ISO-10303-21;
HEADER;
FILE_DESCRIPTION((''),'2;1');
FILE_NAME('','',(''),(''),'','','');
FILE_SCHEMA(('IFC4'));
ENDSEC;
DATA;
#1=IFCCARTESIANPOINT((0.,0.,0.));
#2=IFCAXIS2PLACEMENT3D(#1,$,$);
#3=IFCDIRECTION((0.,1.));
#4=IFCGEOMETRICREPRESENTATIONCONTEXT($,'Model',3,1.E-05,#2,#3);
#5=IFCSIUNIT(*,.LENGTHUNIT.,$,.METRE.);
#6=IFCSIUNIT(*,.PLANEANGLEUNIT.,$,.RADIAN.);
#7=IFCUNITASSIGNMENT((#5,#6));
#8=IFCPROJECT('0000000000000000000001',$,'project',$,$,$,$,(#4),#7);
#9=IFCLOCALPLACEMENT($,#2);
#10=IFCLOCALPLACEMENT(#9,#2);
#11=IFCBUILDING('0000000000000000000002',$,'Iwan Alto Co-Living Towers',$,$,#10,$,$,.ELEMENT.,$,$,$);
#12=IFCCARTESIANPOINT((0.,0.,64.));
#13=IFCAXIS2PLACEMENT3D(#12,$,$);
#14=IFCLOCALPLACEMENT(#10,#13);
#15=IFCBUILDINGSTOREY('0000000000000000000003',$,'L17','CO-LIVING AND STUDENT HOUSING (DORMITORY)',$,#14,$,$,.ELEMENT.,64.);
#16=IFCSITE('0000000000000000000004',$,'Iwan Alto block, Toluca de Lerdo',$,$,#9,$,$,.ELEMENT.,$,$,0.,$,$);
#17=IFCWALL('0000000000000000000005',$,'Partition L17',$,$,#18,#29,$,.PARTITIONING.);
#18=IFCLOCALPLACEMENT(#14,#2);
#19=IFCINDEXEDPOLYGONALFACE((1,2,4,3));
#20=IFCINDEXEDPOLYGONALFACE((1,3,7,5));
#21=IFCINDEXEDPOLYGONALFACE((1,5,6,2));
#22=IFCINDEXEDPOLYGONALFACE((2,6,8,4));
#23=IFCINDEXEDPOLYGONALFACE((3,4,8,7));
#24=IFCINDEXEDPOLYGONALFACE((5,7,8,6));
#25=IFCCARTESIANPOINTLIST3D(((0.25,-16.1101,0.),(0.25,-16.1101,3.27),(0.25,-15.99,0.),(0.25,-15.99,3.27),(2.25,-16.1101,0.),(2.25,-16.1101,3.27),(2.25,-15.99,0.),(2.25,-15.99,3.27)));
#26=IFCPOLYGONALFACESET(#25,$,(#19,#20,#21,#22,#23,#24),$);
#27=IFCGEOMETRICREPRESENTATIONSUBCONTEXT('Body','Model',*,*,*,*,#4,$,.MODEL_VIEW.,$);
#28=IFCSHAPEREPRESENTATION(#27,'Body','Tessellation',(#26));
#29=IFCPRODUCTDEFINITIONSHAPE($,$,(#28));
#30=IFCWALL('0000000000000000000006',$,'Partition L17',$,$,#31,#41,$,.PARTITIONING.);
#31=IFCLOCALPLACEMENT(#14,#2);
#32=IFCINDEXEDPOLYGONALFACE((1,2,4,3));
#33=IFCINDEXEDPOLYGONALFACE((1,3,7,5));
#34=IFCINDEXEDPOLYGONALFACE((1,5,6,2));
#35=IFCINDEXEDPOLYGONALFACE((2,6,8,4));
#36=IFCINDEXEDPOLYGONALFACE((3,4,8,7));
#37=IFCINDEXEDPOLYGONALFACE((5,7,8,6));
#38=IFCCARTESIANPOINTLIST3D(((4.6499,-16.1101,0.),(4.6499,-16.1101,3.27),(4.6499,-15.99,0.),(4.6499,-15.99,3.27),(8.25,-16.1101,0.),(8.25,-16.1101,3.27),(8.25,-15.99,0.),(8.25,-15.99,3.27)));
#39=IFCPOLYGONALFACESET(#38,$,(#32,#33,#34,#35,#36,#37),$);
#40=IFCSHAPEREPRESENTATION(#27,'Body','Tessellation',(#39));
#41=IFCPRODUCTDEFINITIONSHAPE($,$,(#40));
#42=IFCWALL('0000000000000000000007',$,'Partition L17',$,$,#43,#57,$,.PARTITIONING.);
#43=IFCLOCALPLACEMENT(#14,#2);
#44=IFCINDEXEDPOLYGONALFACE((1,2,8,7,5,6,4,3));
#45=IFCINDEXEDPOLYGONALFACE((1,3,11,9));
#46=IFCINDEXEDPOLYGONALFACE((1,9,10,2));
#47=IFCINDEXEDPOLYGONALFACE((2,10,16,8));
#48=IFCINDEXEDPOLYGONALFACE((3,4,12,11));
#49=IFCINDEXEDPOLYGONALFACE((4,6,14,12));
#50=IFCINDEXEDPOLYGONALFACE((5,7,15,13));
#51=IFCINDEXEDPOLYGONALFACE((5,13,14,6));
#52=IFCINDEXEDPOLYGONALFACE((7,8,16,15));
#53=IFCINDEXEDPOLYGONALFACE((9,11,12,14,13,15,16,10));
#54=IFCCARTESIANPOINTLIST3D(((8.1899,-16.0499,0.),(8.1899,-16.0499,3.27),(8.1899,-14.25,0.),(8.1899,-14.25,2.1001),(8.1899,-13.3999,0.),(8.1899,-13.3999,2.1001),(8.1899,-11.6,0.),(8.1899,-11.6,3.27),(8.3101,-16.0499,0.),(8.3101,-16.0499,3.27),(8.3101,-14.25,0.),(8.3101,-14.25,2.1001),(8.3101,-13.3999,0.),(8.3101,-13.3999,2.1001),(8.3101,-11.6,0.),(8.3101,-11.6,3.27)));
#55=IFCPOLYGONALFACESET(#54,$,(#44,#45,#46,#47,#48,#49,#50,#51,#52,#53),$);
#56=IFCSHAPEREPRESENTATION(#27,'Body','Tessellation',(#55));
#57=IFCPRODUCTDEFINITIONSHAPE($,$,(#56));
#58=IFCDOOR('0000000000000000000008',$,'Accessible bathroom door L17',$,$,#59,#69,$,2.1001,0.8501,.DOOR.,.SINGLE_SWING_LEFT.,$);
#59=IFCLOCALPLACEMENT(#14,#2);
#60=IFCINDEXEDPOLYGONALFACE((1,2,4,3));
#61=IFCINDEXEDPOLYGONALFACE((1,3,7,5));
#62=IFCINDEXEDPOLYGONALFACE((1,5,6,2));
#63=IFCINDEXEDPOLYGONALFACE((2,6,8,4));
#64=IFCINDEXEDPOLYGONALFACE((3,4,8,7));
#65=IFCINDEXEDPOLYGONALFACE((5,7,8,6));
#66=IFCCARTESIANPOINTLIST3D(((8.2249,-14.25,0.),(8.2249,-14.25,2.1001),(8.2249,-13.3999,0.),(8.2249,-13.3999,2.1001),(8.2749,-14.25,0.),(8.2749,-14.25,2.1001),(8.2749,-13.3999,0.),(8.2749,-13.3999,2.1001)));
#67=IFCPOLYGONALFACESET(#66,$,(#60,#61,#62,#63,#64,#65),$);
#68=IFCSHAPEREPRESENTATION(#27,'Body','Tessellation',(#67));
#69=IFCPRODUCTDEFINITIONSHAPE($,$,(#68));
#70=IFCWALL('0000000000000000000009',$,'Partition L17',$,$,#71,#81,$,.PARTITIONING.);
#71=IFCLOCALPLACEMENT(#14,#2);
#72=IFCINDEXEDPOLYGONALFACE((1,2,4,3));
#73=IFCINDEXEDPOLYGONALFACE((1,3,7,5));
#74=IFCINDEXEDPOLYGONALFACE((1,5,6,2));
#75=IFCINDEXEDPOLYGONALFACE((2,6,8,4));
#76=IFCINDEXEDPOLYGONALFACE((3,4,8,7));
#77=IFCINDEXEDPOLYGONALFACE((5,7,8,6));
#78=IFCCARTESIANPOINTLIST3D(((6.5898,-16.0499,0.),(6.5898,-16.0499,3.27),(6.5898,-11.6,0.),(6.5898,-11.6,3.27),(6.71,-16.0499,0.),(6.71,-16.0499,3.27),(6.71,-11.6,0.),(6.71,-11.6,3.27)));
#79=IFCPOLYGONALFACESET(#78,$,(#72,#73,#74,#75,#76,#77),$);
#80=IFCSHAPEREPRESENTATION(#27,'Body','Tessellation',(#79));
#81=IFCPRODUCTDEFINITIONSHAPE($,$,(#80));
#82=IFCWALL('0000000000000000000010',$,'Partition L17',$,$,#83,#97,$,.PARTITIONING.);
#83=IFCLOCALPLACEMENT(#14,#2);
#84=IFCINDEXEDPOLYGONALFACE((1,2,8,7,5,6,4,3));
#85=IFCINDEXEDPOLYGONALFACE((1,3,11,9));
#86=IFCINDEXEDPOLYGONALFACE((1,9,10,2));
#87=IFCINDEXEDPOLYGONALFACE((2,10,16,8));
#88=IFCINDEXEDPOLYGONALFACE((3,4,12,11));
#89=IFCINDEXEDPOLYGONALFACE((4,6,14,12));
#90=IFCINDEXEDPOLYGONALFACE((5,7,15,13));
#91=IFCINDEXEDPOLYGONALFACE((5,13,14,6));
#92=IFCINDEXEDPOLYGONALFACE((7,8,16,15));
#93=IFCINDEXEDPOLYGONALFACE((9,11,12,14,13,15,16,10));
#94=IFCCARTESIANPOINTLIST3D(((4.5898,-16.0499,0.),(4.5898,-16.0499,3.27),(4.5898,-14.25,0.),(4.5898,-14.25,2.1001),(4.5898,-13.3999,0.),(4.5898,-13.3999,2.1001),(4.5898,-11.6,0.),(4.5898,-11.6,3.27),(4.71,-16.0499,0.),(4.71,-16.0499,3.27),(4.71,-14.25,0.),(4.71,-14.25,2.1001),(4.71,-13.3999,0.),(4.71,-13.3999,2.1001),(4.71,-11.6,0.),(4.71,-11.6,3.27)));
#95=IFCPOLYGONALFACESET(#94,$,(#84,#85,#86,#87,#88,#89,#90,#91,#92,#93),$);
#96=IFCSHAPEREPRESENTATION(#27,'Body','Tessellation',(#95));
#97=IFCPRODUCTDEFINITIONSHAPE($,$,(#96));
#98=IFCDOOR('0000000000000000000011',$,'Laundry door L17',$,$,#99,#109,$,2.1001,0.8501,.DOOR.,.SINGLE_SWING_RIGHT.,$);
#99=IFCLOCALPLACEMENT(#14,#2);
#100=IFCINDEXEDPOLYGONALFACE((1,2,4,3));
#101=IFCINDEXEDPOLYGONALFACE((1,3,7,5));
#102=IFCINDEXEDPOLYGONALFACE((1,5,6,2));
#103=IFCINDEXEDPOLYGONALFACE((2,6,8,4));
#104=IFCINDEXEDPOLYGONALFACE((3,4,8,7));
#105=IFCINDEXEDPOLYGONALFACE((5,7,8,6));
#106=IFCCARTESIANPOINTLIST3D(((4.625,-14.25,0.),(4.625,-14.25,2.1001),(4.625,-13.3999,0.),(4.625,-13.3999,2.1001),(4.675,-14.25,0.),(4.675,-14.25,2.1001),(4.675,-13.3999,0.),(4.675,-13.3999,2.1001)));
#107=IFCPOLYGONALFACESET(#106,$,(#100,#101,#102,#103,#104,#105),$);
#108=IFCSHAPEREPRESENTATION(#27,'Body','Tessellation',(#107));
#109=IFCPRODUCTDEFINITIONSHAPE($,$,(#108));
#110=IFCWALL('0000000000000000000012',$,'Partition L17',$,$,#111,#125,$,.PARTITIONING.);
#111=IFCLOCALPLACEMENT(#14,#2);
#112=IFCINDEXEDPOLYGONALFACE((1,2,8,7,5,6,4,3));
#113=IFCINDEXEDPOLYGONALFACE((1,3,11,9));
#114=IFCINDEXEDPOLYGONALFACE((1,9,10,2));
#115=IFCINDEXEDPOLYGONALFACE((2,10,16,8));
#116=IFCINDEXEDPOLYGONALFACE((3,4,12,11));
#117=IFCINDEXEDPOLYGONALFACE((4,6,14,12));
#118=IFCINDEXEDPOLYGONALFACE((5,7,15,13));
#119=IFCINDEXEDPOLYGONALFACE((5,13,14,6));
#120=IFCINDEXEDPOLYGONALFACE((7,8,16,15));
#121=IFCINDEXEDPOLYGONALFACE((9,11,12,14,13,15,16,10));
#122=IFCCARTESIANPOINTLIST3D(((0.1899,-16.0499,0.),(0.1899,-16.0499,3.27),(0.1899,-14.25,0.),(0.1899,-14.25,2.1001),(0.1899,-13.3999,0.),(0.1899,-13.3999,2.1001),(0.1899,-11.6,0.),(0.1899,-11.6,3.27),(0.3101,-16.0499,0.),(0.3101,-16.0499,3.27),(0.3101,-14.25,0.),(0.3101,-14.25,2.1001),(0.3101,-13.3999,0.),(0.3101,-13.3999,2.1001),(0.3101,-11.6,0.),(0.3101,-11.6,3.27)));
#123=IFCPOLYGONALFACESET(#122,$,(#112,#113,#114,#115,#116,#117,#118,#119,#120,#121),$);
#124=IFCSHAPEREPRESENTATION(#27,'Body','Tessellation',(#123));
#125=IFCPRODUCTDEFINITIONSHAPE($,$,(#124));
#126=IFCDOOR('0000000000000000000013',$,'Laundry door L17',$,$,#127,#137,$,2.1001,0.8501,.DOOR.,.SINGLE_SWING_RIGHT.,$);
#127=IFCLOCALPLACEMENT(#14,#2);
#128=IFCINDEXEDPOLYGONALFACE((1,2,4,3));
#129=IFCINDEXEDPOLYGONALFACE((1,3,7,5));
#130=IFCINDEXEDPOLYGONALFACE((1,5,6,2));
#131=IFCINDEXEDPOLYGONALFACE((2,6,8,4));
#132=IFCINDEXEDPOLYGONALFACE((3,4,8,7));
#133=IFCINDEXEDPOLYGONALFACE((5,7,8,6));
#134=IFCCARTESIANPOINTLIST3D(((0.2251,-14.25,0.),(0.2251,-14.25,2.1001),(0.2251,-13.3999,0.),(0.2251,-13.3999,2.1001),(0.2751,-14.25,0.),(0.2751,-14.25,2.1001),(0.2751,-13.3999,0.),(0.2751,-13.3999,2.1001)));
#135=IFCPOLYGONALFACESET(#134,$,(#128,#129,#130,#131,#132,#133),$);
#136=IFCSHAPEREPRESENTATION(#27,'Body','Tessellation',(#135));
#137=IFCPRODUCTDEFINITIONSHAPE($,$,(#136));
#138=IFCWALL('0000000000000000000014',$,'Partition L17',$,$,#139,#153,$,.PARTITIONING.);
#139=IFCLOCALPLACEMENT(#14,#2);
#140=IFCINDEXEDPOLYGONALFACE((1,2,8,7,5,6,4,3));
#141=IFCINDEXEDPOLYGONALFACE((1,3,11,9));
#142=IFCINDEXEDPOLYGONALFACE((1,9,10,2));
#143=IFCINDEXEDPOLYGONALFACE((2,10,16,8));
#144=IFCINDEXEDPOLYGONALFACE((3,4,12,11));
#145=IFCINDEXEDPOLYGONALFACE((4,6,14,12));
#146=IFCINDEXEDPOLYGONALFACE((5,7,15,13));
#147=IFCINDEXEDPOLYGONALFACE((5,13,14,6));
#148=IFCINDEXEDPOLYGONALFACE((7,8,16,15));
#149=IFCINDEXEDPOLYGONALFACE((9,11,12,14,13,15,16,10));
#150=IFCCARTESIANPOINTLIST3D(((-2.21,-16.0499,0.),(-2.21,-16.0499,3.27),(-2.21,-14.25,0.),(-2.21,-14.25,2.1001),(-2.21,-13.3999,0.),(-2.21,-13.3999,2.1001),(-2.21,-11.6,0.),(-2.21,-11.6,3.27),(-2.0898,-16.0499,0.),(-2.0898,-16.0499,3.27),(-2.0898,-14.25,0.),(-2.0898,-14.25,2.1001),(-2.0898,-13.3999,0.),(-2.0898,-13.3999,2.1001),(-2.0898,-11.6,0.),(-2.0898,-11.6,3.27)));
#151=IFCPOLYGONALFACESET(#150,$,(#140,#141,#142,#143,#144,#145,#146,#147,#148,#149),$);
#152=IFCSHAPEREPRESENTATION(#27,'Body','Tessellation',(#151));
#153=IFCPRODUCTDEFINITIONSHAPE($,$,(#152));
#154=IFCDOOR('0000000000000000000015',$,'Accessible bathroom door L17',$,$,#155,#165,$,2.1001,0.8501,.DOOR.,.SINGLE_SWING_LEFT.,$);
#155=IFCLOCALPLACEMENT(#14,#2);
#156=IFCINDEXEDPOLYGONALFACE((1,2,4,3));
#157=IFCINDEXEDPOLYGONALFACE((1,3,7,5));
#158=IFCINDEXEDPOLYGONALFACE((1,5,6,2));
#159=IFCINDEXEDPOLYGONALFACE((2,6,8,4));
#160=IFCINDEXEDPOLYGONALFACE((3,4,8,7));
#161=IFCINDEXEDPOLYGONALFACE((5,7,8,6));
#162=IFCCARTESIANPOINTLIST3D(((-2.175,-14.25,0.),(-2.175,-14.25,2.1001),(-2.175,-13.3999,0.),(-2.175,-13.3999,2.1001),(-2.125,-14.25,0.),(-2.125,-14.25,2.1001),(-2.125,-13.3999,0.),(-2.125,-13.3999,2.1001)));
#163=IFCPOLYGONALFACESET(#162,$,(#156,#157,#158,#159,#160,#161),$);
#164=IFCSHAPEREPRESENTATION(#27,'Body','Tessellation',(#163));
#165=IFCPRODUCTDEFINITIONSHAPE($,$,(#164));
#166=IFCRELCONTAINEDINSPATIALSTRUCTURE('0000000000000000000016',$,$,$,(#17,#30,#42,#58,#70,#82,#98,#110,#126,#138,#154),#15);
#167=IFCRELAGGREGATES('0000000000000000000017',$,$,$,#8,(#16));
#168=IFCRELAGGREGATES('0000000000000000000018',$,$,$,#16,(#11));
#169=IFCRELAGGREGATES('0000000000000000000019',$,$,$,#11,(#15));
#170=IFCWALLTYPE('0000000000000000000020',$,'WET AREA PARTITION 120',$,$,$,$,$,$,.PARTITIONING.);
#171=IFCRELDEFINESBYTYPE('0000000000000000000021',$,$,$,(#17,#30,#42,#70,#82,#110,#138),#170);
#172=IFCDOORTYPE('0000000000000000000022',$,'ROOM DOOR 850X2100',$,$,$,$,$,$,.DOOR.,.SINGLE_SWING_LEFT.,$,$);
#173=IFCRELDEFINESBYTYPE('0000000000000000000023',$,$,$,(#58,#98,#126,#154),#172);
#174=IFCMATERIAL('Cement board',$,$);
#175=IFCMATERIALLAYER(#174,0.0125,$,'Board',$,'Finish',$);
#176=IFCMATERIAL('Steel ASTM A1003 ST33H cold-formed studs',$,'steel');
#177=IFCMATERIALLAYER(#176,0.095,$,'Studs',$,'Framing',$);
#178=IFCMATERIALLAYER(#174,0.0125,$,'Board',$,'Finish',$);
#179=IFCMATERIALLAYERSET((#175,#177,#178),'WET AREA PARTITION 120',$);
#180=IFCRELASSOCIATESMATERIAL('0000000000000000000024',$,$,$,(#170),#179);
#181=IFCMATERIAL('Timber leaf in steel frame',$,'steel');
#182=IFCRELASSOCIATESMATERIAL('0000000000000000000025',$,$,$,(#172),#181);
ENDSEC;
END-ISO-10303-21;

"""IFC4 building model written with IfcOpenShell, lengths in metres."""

from ifc_helpers import new_model, si_unit, direction, frame, frame_2d, origin, place, context, subcontext, project, spatial, rectangle, extrude, material, layer, layer_set, type_object, element, fill, save


model = new_model("IFC4")

# Units and contexts
model_context = context("Model", 3, precision=1e-05, world=origin(), true_north=direction((0.0, 1.0)))
body_context = subcontext(model_context, "Body", "Model", "MODEL_VIEW")
ifc_project = project(units=[si_unit("LENGTHUNIT", "METRE"), si_unit("PLANEANGLEUNIT", "RADIAN")], contexts=[model_context])

# Site, building, storey
site_placement = place(None, origin())
site = spatial("IfcSite", under=ifc_project, at=site_placement, Name="Iwan Alto block, Toluca de Lerdo", CompositionType="ELEMENT", RefElevation=0.0)
building_placement = place(site_placement, origin())
building = spatial("IfcBuilding", under=site, at=building_placement, Name="Iwan Alto Co-Living Towers", CompositionType="ELEMENT")
storey_placement = place(building_placement, frame((0.0, 0.0, 64.0)))
storey = spatial("IfcBuildingStorey", under=building, at=storey_placement, Name="L17", Description="CO-LIVING AND STUDENT HOUSING (DORMITORY)", CompositionType="ELEMENT", Elevation=64.0)

# Walls
ifc_material_1 = material(Name="Cement board")
ifc_layer_1 = layer(ifc_material_1, 0.0125, Name="Board", Category="Finish")
ifc_material_2 = material(Name="Steel ASTM A1003 ST33H cold-formed studs", Category="steel")
ifc_layer_2 = layer(ifc_material_2, 0.095, Name="Studs", Category="Framing")
ifc_layer_3 = layer(ifc_material_1, 0.0125, Name="Board", Category="Finish")
ifc_layer_set_1 = layer_set([ifc_layer_1, ifc_layer_2, ifc_layer_3], Name="WET AREA PARTITION 120")
wall_type_1 = type_object("IfcWallType", Name="WET AREA PARTITION 120", PredefinedType="PARTITIONING", material=ifc_layer_set_1)
wall_1_placement = place(storey_placement, frame((0.25, -16.05, 0.0), z_axis=(0.0, 0.0, 1.0), x_axis=(1.0, 0.0, 0.0)))
element("IfcWall", 1, at=wall_1_placement, inside=storey, type_object=wall_type_1, Name="Partition L17", PredefinedType="PARTITIONING", context=body_context, shape_type="SweptSolid", body=[
    extrude(rectangle(XDim=2.0, YDim=0.1201, at=frame_2d((1.0, 0.0))), origin(), (0.0, 0.0, 1.0), 3.27),
])
wall_2_placement = place(storey_placement, frame((4.6499, -16.05, 0.0), z_axis=(0.0, 0.0, 1.0), x_axis=(1.0, 0.0, 0.0)))
element("IfcWall", 2, at=wall_2_placement, inside=storey, type_object=wall_type_1, Name="Partition L17", PredefinedType="PARTITIONING", context=body_context, shape_type="SweptSolid", body=[
    extrude(rectangle(XDim=3.6001, YDim=0.1201, at=frame_2d((1.8, 0.0))), origin(), (0.0, 0.0, 1.0), 3.27),
])

# Wall, opening, door
wall_3_placement = place(storey_placement, frame((8.25, -16.05, 0.0), z_axis=(0.0, 0.0, 1.0), x_axis=(0.0, 1.0, 0.0)))
wall_3 = element("IfcWall", 3, at=wall_3_placement, inside=storey, type_object=wall_type_1, Name="Partition L17", PredefinedType="PARTITIONING", context=body_context, shape_type="SweptSolid", body=[
    extrude(rectangle(XDim=4.45, YDim=0.1201, at=frame_2d((2.2251, 0.0))), origin(), (0.0, 0.0, 1.0), 3.27),
])
opening_1_placement = place(wall_3_placement, frame((1.8, 0.0, 0.0)))
opening_1 = element("IfcOpeningElement", 4, at=opening_1_placement, cuts=wall_3, PredefinedType="OPENING", context=body_context, shape_type="SweptSolid", body=[
    extrude(rectangle(XDim=0.8501, YDim=2.1001, at=frame_2d((0.425, 1.05))), frame((0.0, 0.0701, 0.0), z_axis=(0.0, -1.0, 0.0), x_axis=(1.0, 0.0, 0.0)), (0.0, 0.0, 1.0), 0.1401),
])
ifc_material_3 = material(Name="Timber leaf in steel frame", Category="steel")
door_type_1 = type_object("IfcDoorType", Name="ROOM DOOR 850X2100", OperationType="SINGLE_SWING_LEFT", PredefinedType="DOOR", material=ifc_material_3)
door_1_placement = place(opening_1_placement, frame((0.8501, 0.0, 0.0), z_axis=(0.0, 0.0, 1.0), x_axis=(-1.0, 0.0, 0.0)))
door_1 = element("IfcDoor", 5, at=door_1_placement, inside=storey, type_object=door_type_1, Name="Accessible bathroom door L17", OperationType="SINGLE_SWING_LEFT", OverallHeight=2.1001, OverallWidth=0.8501, PredefinedType="DOOR", context=body_context, shape_type="SweptSolid", body=[
    extrude(rectangle(XDim=0.8501, YDim=2.1001, at=frame_2d((0.425, 1.05))), frame((0.0, 0.0249, 0.0), z_axis=(0.0, -1.0, 0.0), x_axis=(1.0, 0.0, 0.0)), (0.0, 0.0, 1.0), 0.05),
])
fill(opening_1, door_1)

# Wall
wall_4_placement = place(storey_placement, frame((6.6499, -16.05, 0.0), z_axis=(0.0, 0.0, 1.0), x_axis=(0.0, 1.0, 0.0)))
element("IfcWall", 6, at=wall_4_placement, inside=storey, type_object=wall_type_1, Name="Partition L17", PredefinedType="PARTITIONING", context=body_context, shape_type="SweptSolid", body=[
    extrude(rectangle(XDim=4.45, YDim=0.1201, at=frame_2d((2.2251, 0.0))), origin(), (0.0, 0.0, 1.0), 3.27),
])

# Walls, openings, doors
wall_5_placement = place(storey_placement, frame((4.6499, -16.05, 0.0), z_axis=(0.0, 0.0, 1.0), x_axis=(0.0, 1.0, 0.0)))
wall_5 = element("IfcWall", 7, at=wall_5_placement, inside=storey, type_object=wall_type_1, Name="Partition L17", PredefinedType="PARTITIONING", context=body_context, shape_type="SweptSolid", body=[
    extrude(rectangle(XDim=4.45, YDim=0.1201, at=frame_2d((2.2251, 0.0))), origin(), (0.0, 0.0, 1.0), 3.27),
])
opening_2_placement = place(wall_5_placement, frame((1.8, 0.0, 0.0)))
opening_2 = element("IfcOpeningElement", 8, at=opening_2_placement, cuts=wall_5, PredefinedType="OPENING", context=body_context, shape_type="SweptSolid", body=[
    extrude(rectangle(XDim=0.8501, YDim=2.1001, at=frame_2d((0.425, 1.05))), frame((0.0, 0.0701, 0.0), z_axis=(0.0, -1.0, 0.0), x_axis=(1.0, 0.0, 0.0)), (0.0, 0.0, 1.0), 0.1401),
])
door_2_placement = place(opening_2_placement, origin())
door_2 = element("IfcDoor", 9, at=door_2_placement, inside=storey, type_object=door_type_1, Name="Laundry door L17", OperationType="SINGLE_SWING_RIGHT", OverallHeight=2.1001, OverallWidth=0.8501, PredefinedType="DOOR", context=body_context, shape_type="SweptSolid", body=[
    extrude(rectangle(XDim=0.8501, YDim=2.1001, at=frame_2d((0.425, 1.05))), frame((0.0, 0.0249, 0.0), z_axis=(0.0, -1.0, 0.0), x_axis=(1.0, 0.0, 0.0)), (0.0, 0.0, 1.0), 0.05),
])
fill(opening_2, door_2)
wall_6_placement = place(storey_placement, frame((0.25, -16.05, 0.0), z_axis=(0.0, 0.0, 1.0), x_axis=(0.0, 1.0, 0.0)))
wall_6 = element("IfcWall", 10, at=wall_6_placement, inside=storey, type_object=wall_type_1, Name="Partition L17", PredefinedType="PARTITIONING", context=body_context, shape_type="SweptSolid", body=[
    extrude(rectangle(XDim=4.45, YDim=0.1201, at=frame_2d((2.2251, 0.0))), origin(), (0.0, 0.0, 1.0), 3.27),
])
opening_3_placement = place(wall_6_placement, frame((1.8, 0.0, 0.0)))
opening_3 = element("IfcOpeningElement", 11, at=opening_3_placement, cuts=wall_6, PredefinedType="OPENING", context=body_context, shape_type="SweptSolid", body=[
    extrude(rectangle(XDim=0.8501, YDim=2.1001, at=frame_2d((0.425, 1.05))), frame((0.0, 0.0701, 0.0), z_axis=(0.0, -1.0, 0.0), x_axis=(1.0, 0.0, 0.0)), (0.0, 0.0, 1.0), 0.1401),
])
door_3_placement = place(opening_3_placement, origin())
door_3 = element("IfcDoor", 12, at=door_3_placement, inside=storey, type_object=door_type_1, Name="Laundry door L17", OperationType="SINGLE_SWING_RIGHT", OverallHeight=2.1001, OverallWidth=0.8501, PredefinedType="DOOR", context=body_context, shape_type="SweptSolid", body=[
    extrude(rectangle(XDim=0.8501, YDim=2.1001, at=frame_2d((0.425, 1.05))), frame((0.0, 0.0249, 0.0), z_axis=(0.0, -1.0, 0.0), x_axis=(1.0, 0.0, 0.0)), (0.0, 0.0, 1.0), 0.05),
])
fill(opening_3, door_3)
wall_7_placement = place(storey_placement, frame((-2.1499, -16.05, 0.0), z_axis=(0.0, 0.0, 1.0), x_axis=(0.0, 1.0, 0.0)))
wall_7 = element("IfcWall", 13, at=wall_7_placement, inside=storey, type_object=wall_type_1, Name="Partition L17", PredefinedType="PARTITIONING", context=body_context, shape_type="SweptSolid", body=[
    extrude(rectangle(XDim=4.45, YDim=0.1201, at=frame_2d((2.2251, 0.0))), origin(), (0.0, 0.0, 1.0), 3.27),
])
opening_4_placement = place(wall_7_placement, frame((1.8, 0.0, 0.0)))
opening_4 = element("IfcOpeningElement", 14, at=opening_4_placement, cuts=wall_7, PredefinedType="OPENING", context=body_context, shape_type="SweptSolid", body=[
    extrude(rectangle(XDim=0.8501, YDim=2.1001, at=frame_2d((0.425, 1.05))), frame((0.0, 0.0701, 0.0), z_axis=(0.0, -1.0, 0.0), x_axis=(1.0, 0.0, 0.0)), (0.0, 0.0, 1.0), 0.1401),
])
door_4_placement = place(opening_4_placement, frame((0.8501, 0.0, 0.0), z_axis=(0.0, 0.0, 1.0), x_axis=(-1.0, 0.0, 0.0)))
door_4 = element("IfcDoor", 15, at=door_4_placement, inside=storey, type_object=door_type_1, Name="Accessible bathroom door L17", OperationType="SINGLE_SWING_LEFT", OverallHeight=2.1001, OverallWidth=0.8501, PredefinedType="DOOR", context=body_context, shape_type="SweptSolid", body=[
    extrude(rectangle(XDim=0.8501, YDim=2.1001, at=frame_2d((0.425, 1.05))), frame((0.0, 0.0249, 0.0), z_axis=(0.0, -1.0, 0.0), x_axis=(1.0, 0.0, 0.0)), (0.0, 0.0, 1.0), 0.05),
])
fill(opening_4, door_4)

save(model, "model.ifc")
